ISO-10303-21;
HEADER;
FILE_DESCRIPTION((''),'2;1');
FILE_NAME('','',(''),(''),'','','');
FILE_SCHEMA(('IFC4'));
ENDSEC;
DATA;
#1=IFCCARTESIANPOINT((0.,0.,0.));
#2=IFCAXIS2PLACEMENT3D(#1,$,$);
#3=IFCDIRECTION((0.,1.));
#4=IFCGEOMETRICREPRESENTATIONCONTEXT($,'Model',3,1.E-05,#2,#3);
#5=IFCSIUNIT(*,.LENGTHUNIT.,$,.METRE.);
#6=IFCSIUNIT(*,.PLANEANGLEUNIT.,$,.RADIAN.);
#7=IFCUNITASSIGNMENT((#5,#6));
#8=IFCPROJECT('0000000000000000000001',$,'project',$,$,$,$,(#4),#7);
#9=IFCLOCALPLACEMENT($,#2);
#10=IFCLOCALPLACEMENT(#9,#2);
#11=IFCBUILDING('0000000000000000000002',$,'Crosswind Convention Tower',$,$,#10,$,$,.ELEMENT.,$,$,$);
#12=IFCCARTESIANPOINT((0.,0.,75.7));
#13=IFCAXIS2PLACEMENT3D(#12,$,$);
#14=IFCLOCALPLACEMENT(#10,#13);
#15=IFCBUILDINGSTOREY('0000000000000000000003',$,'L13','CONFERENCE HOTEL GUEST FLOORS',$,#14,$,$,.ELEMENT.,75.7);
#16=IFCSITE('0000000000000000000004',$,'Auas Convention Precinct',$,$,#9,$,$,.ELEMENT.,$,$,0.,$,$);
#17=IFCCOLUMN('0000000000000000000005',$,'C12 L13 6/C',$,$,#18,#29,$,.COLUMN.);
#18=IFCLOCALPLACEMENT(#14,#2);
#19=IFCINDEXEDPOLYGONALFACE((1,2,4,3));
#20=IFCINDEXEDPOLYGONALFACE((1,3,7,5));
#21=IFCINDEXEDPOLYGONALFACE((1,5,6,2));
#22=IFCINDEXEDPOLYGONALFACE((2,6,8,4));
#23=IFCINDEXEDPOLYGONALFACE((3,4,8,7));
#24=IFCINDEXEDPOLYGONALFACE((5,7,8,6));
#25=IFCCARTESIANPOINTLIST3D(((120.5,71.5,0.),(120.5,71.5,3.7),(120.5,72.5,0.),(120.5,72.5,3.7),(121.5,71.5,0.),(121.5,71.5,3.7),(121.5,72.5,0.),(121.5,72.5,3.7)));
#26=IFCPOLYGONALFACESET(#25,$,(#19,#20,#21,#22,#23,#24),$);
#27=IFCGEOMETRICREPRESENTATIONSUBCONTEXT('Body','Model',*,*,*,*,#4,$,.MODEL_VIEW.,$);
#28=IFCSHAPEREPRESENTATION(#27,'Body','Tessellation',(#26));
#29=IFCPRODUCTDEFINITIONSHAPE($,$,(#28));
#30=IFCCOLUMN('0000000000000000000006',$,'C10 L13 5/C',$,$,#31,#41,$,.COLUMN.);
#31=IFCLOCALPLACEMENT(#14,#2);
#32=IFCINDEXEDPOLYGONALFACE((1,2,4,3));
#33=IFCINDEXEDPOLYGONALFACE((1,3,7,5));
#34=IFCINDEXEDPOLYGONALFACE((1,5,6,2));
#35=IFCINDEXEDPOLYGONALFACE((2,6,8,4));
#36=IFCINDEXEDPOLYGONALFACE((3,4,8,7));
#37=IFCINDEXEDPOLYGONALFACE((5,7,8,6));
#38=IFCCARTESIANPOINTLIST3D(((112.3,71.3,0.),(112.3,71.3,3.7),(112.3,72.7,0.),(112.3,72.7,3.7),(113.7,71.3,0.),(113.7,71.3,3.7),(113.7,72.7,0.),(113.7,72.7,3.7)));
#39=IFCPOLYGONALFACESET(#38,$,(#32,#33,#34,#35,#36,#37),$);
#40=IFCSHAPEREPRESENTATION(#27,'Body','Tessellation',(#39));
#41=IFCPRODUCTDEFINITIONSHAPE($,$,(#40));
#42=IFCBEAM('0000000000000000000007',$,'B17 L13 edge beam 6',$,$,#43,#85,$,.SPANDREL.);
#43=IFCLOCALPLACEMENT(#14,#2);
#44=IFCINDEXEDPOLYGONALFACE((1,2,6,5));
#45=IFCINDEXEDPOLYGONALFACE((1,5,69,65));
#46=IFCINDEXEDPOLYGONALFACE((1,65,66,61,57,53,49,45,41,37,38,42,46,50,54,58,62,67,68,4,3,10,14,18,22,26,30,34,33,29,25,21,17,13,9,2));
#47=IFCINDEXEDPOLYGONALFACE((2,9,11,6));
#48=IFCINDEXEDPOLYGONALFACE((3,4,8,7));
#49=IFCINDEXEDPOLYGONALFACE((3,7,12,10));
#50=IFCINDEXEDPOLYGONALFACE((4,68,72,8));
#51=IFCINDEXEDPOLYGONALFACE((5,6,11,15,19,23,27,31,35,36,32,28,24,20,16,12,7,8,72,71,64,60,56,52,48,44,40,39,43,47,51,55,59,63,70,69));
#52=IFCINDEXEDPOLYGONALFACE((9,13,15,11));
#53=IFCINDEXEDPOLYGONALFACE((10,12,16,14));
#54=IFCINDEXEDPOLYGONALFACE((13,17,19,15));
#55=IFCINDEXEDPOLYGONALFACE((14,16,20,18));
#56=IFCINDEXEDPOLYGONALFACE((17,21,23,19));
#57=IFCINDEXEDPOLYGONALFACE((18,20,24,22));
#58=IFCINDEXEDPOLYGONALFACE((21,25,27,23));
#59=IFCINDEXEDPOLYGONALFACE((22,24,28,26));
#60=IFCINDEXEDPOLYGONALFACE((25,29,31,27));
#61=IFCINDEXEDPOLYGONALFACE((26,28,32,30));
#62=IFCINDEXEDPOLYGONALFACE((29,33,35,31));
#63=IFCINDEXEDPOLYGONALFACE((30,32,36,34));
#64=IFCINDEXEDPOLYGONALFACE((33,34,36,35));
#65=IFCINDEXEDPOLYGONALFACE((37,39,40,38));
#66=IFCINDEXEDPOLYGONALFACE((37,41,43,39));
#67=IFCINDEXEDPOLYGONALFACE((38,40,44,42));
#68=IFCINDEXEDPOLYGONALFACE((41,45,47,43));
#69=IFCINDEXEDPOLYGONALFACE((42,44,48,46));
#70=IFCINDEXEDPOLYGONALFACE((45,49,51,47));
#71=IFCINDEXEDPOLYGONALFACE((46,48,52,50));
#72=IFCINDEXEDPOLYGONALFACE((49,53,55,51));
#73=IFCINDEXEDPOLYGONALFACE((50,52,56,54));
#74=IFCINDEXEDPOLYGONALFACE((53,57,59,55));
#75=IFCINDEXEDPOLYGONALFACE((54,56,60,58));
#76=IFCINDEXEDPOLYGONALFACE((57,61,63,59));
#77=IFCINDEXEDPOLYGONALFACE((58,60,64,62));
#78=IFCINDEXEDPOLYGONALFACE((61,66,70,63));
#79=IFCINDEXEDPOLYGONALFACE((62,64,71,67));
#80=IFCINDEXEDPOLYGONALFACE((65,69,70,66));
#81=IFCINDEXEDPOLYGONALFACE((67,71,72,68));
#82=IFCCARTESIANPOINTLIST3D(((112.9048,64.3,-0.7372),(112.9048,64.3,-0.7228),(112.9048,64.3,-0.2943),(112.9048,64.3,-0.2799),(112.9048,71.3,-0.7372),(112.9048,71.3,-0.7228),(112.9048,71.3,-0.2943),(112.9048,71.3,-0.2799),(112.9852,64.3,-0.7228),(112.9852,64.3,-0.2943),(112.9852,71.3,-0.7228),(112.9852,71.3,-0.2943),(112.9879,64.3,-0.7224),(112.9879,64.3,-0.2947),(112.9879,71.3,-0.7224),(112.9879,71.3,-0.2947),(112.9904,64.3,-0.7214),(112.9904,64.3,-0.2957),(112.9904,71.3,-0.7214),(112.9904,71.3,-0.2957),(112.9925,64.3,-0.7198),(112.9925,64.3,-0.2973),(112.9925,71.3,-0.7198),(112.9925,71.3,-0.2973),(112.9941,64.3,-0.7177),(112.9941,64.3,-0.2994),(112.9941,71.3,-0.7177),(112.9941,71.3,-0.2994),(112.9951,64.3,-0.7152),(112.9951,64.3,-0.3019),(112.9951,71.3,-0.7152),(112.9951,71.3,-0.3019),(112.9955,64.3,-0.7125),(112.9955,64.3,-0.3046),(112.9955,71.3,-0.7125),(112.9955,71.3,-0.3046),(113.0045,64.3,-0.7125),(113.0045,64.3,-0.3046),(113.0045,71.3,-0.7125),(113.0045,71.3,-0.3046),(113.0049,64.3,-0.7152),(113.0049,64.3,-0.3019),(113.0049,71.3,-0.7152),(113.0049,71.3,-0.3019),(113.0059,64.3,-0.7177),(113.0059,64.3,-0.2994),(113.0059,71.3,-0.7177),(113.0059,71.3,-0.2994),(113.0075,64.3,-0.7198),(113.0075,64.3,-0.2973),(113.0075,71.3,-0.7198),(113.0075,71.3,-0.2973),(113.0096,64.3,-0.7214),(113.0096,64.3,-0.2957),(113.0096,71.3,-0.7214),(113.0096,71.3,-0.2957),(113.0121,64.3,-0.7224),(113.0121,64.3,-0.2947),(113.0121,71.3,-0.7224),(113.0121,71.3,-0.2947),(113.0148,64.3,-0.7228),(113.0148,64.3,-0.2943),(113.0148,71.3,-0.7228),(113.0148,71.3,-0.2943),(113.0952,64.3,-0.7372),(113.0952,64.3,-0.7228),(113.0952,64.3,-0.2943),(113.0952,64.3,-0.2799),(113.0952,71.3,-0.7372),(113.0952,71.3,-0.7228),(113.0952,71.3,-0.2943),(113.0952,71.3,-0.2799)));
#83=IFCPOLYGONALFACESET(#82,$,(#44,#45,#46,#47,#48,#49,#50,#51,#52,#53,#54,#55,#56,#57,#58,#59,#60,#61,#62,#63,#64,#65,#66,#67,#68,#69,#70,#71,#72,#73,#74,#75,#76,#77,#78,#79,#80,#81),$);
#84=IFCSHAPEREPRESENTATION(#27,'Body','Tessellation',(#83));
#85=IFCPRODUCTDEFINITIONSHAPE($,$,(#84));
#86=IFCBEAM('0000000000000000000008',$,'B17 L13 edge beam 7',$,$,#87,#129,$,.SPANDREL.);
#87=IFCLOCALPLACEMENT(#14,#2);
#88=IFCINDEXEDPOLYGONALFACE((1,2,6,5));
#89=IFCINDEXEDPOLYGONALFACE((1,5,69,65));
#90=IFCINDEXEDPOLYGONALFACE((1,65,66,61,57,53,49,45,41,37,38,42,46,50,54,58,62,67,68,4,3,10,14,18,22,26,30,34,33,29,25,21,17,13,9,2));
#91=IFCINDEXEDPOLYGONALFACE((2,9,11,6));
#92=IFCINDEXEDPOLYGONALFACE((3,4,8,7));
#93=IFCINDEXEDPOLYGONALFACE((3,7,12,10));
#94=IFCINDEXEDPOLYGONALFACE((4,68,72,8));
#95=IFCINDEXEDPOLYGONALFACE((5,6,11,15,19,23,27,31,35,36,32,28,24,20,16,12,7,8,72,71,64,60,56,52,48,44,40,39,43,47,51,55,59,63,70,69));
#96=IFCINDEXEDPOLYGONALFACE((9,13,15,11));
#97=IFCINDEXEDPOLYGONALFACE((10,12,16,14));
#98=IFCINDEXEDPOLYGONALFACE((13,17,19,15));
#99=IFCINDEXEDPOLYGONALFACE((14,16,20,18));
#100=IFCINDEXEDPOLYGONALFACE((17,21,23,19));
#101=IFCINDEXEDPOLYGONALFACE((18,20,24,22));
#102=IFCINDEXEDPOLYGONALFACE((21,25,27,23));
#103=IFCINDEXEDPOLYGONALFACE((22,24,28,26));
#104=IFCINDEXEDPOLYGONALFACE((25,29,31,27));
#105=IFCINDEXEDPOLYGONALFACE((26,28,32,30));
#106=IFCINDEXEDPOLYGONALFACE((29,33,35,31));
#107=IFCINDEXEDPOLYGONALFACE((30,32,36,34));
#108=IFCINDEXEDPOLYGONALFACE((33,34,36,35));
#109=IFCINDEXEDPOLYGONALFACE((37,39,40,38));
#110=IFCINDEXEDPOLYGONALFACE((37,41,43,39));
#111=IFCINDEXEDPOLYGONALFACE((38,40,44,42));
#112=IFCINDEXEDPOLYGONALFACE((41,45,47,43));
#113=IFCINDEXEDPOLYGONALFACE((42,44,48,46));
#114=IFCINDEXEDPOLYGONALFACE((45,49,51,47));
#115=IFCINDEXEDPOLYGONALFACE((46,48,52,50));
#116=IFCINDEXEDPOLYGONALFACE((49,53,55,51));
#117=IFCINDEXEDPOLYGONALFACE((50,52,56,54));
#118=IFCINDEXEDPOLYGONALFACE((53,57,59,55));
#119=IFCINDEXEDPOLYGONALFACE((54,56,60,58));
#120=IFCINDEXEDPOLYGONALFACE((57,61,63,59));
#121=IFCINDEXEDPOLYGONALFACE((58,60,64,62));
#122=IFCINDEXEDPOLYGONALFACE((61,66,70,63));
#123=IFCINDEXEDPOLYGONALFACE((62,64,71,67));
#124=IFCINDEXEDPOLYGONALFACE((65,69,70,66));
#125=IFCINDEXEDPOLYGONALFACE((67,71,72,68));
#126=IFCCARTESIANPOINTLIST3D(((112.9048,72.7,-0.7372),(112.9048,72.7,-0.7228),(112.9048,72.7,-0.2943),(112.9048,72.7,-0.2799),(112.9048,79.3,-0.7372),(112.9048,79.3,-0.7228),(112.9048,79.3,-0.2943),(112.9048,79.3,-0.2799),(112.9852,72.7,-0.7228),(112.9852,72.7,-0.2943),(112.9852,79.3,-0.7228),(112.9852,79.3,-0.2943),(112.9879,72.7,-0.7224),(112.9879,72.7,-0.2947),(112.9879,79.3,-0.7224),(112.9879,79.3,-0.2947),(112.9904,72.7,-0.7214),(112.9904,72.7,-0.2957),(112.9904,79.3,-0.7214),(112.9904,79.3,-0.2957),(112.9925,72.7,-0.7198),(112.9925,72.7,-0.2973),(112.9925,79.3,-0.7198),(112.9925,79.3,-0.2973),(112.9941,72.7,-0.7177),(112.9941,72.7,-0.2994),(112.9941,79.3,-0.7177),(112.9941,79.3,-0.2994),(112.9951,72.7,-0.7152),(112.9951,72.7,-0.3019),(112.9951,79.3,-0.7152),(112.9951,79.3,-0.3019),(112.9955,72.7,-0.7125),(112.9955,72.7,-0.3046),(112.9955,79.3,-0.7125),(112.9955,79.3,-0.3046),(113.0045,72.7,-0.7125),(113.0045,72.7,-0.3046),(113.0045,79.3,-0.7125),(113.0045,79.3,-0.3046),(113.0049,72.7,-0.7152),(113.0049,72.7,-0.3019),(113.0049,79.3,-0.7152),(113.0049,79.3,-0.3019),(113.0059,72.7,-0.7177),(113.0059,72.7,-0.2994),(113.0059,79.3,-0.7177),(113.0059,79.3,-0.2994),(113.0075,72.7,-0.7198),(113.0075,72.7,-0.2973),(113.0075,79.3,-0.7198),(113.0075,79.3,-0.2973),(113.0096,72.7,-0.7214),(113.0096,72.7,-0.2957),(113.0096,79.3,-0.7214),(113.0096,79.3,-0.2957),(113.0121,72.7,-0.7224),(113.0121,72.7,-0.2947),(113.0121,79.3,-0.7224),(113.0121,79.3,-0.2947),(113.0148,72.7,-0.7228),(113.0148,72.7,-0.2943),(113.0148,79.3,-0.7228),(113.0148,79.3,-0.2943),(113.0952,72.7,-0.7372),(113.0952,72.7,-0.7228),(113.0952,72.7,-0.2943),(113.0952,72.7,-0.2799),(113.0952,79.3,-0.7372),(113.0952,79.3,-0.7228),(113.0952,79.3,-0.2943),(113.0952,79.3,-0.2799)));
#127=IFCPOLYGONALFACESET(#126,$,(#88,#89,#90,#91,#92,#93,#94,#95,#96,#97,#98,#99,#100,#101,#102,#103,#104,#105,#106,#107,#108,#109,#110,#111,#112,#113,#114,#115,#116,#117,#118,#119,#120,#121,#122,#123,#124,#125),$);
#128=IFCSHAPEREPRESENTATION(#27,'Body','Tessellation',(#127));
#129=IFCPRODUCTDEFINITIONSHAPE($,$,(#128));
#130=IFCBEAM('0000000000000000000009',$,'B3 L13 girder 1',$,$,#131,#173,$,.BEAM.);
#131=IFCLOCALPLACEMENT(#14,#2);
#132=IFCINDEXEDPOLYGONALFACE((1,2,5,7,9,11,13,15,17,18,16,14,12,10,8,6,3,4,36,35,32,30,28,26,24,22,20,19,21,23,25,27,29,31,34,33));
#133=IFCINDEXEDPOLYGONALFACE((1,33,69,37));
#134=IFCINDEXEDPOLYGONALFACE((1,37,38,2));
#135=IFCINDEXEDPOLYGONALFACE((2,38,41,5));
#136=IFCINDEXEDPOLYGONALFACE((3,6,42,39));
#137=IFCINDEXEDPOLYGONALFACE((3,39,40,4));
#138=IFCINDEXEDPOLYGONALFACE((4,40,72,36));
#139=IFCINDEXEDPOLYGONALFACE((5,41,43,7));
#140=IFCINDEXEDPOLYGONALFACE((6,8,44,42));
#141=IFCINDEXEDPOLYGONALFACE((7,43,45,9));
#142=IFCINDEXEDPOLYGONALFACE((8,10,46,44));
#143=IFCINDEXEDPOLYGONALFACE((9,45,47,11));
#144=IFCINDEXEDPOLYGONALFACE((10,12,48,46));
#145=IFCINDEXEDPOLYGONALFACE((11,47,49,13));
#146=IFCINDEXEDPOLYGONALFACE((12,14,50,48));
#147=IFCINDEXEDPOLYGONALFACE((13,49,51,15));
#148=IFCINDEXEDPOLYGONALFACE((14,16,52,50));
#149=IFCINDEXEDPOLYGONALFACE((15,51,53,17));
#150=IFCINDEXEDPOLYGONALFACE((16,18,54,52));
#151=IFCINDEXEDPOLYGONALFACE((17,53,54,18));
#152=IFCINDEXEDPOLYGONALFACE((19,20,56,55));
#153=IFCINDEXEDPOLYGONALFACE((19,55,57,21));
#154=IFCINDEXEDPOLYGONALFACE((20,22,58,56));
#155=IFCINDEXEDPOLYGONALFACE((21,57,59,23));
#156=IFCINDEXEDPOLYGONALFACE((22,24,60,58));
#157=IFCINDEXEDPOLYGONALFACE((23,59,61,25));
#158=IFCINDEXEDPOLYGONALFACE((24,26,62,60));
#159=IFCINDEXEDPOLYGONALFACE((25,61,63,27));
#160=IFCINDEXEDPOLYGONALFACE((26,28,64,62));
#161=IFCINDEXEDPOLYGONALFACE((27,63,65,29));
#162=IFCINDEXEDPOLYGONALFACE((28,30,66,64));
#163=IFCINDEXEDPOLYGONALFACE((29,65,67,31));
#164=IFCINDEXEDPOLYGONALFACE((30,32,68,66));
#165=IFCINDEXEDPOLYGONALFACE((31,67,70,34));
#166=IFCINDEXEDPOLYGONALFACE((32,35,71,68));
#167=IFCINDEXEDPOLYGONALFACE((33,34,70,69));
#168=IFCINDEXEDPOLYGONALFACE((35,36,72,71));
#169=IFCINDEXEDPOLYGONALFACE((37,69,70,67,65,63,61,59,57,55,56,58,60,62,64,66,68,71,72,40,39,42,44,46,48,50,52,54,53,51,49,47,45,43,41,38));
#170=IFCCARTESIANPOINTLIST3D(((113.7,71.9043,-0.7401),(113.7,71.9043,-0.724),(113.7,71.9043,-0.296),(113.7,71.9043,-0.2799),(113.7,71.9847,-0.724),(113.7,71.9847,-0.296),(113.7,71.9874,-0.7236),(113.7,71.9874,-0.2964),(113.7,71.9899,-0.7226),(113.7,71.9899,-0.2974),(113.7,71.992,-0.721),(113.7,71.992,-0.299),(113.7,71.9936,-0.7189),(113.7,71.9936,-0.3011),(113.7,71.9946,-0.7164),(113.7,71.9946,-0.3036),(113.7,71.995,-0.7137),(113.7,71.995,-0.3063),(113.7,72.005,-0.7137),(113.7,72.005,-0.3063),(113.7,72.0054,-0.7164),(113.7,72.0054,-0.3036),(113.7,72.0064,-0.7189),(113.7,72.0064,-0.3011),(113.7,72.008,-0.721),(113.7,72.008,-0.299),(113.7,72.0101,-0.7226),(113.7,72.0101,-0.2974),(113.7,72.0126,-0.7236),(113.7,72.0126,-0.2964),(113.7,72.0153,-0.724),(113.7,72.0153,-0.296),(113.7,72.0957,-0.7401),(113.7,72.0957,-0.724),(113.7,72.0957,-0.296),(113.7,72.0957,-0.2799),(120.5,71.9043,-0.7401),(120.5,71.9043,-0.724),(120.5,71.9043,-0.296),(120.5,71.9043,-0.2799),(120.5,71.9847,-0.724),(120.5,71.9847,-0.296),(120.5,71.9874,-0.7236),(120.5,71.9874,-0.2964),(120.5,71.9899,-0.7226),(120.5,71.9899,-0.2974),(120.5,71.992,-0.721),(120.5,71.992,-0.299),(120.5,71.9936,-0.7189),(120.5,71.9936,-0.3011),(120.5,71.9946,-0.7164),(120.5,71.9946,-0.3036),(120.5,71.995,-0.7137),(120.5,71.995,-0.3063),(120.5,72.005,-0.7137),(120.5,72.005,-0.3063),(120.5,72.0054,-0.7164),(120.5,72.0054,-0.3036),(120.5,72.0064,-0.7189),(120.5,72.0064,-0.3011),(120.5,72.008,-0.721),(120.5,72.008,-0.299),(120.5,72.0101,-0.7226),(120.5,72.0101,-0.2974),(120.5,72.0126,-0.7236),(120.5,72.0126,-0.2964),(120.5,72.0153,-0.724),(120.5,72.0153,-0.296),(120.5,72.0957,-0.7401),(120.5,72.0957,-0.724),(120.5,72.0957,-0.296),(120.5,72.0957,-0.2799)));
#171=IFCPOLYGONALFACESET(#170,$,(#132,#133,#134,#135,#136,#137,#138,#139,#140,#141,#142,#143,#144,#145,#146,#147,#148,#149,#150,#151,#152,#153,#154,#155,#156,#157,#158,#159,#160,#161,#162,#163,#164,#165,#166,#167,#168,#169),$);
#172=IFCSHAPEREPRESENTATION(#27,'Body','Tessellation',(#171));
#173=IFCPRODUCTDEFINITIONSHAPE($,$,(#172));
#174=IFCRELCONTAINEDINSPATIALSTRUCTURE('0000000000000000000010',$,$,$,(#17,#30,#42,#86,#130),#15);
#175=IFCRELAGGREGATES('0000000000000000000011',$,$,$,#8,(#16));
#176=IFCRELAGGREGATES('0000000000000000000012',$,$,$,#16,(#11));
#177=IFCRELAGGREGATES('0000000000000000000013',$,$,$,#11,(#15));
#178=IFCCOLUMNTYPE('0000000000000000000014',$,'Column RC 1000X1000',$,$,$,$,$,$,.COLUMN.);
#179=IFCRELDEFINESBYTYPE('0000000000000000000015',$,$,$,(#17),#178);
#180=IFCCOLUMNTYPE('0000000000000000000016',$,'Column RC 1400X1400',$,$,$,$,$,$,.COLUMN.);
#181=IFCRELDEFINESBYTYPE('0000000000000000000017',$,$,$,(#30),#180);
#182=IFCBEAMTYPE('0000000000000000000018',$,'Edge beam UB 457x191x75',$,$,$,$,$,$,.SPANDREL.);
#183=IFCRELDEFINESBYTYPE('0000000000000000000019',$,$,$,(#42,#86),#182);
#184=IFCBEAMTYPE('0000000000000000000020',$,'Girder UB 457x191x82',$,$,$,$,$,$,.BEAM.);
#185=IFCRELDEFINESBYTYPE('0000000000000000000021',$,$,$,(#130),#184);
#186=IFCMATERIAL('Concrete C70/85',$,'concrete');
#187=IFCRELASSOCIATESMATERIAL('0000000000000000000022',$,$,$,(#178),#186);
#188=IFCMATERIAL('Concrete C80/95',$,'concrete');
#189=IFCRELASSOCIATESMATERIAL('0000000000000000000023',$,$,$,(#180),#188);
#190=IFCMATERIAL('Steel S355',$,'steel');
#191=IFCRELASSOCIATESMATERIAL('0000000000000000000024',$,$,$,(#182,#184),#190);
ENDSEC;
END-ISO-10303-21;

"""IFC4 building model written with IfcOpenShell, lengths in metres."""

from ifc_helpers import new_model, si_unit, direction, frame, origin, origin_2d, place, context, subcontext, project, spatial, rectangle, i_section, extrude, material, material_profile, profile_set, type_object, element, save


model = new_model("IFC4")

# Units and contexts
model_context = context("Model", 3, precision=1e-05, world=origin(), true_north=direction((0.0, 1.0)))
body_context = subcontext(model_context, "Body", "Model", "MODEL_VIEW")
ifc_project = project(units=[si_unit("LENGTHUNIT", "METRE"), si_unit("PLANEANGLEUNIT", "RADIAN")], contexts=[model_context])

# Site, building, storey
site_placement = place(None, origin())
site = spatial("IfcSite", under=ifc_project, at=site_placement, Name="Auas Convention Precinct", CompositionType="ELEMENT", RefElevation=0.0)
building_placement = place(site_placement, origin())
building = spatial("IfcBuilding", under=site, at=building_placement, Name="Crosswind Convention Tower", CompositionType="ELEMENT")
storey_placement = place(building_placement, frame((0.0, 0.0, 75.7)))
storey = spatial("IfcBuildingStorey", under=building, at=storey_placement, Name="L13", Description="CONFERENCE HOTEL GUEST FLOORS", CompositionType="ELEMENT", Elevation=75.7)

# Columns
ifc_material_1 = material(Name="Concrete C70/85", Category="concrete")
ifc_material_profile_1 = material_profile(ifc_material_1, rectangle(XDim=1.0, YDim=1.0, at=origin_2d()), Name="RC 1000X1000")
ifc_profile_set_1 = profile_set([ifc_material_profile_1], Name="Concrete C70/85")
column_type_1 = type_object("IfcColumnType", Name="Column RC 1000X1000", PredefinedType="COLUMN", material=ifc_profile_set_1)
column_1_placement = place(storey_placement, frame((121.0, 72.0, 0.0), z_axis=(0.0, 0.0, 1.0), x_axis=(1.0, 0.0, 0.0)))
element("IfcColumn", 1, at=column_1_placement, inside=storey, type_object=column_type_1, Name="C12 L13 6/C", PredefinedType="COLUMN", context=body_context, shape_type="SweptSolid", body=[
    extrude(rectangle(XDim=1.0, YDim=1.0, at=origin_2d()), origin(), (0.0, 0.0, 1.0), 3.7),
])
ifc_material_2 = material(Name="Concrete C80/95", Category="concrete")
ifc_material_profile_2 = material_profile(ifc_material_2, rectangle(XDim=1.3999, YDim=1.3999, at=origin_2d()), Name="RC 1400X1400")
ifc_profile_set_2 = profile_set([ifc_material_profile_2], Name="Concrete C80/95")
column_type_2 = type_object("IfcColumnType", Name="Column RC 1400X1400", PredefinedType="COLUMN", material=ifc_profile_set_2)
column_2_placement = place(storey_placement, frame((113.0, 72.0, 0.0), z_axis=(0.0, 0.0, 1.0), x_axis=(1.0, 0.0, 0.0)))
element("IfcColumn", 2, at=column_2_placement, inside=storey, type_object=column_type_2, Name="C10 L13 5/C", PredefinedType="COLUMN", context=body_context, shape_type="SweptSolid", body=[
    extrude(rectangle(XDim=1.3999, YDim=1.3999, at=origin_2d()), origin(), (0.0, 0.0, 1.0), 3.7),
])

# Beams
ifc_material_3 = material(Name="Steel S355", Category="steel")
ifc_material_profile_3 = material_profile(ifc_material_3, i_section(OverallWidth=0.1904, OverallDepth=0.4573, WebThickness=0.009, FlangeThickness=0.0144, FilletRadius=0.0103, at=origin_2d()), Name="UB 457x191x75")
ifc_profile_set_3 = profile_set([ifc_material_profile_3], Name="Steel S355")
beam_type_1 = type_object("IfcBeamType", Name="Edge beam UB 457x191x75", PredefinedType="SPANDREL", material=ifc_profile_set_3)
beam_1_placement = place(storey_placement, frame((113.0, 64.3, -0.5085), z_axis=(0.0, 1.0, 0.0), x_axis=(-1.0, 0.0, 0.0)))
element("IfcBeam", 3, at=beam_1_placement, inside=storey, type_object=beam_type_1, Name="B17 L13 edge beam 6", PredefinedType="SPANDREL", context=body_context, shape_type="SweptSolid", body=[
    extrude(i_section(OverallWidth=0.1904, OverallDepth=0.4573, WebThickness=0.009, FlangeThickness=0.0144, FilletRadius=0.0103, at=origin_2d()), origin(), (0.0, 0.0, 1.0), 7.0),
])
beam_2_placement = place(storey_placement, frame((113.0, 72.7, -0.5085), z_axis=(0.0, 1.0, 0.0), x_axis=(-1.0, 0.0, 0.0)))
element("IfcBeam", 4, at=beam_2_placement, inside=storey, type_object=beam_type_1, Name="B17 L13 edge beam 7", PredefinedType="SPANDREL", context=body_context, shape_type="SweptSolid", body=[
    extrude(i_section(OverallWidth=0.1904, OverallDepth=0.4573, WebThickness=0.009, FlangeThickness=0.0144, FilletRadius=0.0103, at=origin_2d()), origin(), (0.0, 0.0, 1.0), 6.6001),
])
ifc_material_profile_4 = material_profile(ifc_material_3, i_section(OverallWidth=0.1914, OverallDepth=0.4602, WebThickness=0.01, FlangeThickness=0.0161, FilletRadius=0.0103, at=origin_2d()), Name="UB 457x191x82")
ifc_profile_set_4 = profile_set([ifc_material_profile_4], Name="Steel S355")
beam_type_2 = type_object("IfcBeamType", Name="Girder UB 457x191x82", PredefinedType="BEAM", material=ifc_profile_set_4)
beam_3_placement = place(storey_placement, frame((113.7, 72.0, -0.51), z_axis=(1.0, 0.0, 0.0), x_axis=(0.0, 1.0, 0.0)))
element("IfcBeam", 5, at=beam_3_placement, inside=storey, type_object=beam_type_2, Name="B3 L13 girder 1", PredefinedType="BEAM", context=body_context, shape_type="SweptSolid", body=[
    extrude(i_section(OverallWidth=0.1914, OverallDepth=0.4602, WebThickness=0.01, FlangeThickness=0.0161, FilletRadius=0.0103, at=origin_2d()), origin(), (0.0, 0.0, 1.0), 6.8),
])

save(model, "model.ifc")
